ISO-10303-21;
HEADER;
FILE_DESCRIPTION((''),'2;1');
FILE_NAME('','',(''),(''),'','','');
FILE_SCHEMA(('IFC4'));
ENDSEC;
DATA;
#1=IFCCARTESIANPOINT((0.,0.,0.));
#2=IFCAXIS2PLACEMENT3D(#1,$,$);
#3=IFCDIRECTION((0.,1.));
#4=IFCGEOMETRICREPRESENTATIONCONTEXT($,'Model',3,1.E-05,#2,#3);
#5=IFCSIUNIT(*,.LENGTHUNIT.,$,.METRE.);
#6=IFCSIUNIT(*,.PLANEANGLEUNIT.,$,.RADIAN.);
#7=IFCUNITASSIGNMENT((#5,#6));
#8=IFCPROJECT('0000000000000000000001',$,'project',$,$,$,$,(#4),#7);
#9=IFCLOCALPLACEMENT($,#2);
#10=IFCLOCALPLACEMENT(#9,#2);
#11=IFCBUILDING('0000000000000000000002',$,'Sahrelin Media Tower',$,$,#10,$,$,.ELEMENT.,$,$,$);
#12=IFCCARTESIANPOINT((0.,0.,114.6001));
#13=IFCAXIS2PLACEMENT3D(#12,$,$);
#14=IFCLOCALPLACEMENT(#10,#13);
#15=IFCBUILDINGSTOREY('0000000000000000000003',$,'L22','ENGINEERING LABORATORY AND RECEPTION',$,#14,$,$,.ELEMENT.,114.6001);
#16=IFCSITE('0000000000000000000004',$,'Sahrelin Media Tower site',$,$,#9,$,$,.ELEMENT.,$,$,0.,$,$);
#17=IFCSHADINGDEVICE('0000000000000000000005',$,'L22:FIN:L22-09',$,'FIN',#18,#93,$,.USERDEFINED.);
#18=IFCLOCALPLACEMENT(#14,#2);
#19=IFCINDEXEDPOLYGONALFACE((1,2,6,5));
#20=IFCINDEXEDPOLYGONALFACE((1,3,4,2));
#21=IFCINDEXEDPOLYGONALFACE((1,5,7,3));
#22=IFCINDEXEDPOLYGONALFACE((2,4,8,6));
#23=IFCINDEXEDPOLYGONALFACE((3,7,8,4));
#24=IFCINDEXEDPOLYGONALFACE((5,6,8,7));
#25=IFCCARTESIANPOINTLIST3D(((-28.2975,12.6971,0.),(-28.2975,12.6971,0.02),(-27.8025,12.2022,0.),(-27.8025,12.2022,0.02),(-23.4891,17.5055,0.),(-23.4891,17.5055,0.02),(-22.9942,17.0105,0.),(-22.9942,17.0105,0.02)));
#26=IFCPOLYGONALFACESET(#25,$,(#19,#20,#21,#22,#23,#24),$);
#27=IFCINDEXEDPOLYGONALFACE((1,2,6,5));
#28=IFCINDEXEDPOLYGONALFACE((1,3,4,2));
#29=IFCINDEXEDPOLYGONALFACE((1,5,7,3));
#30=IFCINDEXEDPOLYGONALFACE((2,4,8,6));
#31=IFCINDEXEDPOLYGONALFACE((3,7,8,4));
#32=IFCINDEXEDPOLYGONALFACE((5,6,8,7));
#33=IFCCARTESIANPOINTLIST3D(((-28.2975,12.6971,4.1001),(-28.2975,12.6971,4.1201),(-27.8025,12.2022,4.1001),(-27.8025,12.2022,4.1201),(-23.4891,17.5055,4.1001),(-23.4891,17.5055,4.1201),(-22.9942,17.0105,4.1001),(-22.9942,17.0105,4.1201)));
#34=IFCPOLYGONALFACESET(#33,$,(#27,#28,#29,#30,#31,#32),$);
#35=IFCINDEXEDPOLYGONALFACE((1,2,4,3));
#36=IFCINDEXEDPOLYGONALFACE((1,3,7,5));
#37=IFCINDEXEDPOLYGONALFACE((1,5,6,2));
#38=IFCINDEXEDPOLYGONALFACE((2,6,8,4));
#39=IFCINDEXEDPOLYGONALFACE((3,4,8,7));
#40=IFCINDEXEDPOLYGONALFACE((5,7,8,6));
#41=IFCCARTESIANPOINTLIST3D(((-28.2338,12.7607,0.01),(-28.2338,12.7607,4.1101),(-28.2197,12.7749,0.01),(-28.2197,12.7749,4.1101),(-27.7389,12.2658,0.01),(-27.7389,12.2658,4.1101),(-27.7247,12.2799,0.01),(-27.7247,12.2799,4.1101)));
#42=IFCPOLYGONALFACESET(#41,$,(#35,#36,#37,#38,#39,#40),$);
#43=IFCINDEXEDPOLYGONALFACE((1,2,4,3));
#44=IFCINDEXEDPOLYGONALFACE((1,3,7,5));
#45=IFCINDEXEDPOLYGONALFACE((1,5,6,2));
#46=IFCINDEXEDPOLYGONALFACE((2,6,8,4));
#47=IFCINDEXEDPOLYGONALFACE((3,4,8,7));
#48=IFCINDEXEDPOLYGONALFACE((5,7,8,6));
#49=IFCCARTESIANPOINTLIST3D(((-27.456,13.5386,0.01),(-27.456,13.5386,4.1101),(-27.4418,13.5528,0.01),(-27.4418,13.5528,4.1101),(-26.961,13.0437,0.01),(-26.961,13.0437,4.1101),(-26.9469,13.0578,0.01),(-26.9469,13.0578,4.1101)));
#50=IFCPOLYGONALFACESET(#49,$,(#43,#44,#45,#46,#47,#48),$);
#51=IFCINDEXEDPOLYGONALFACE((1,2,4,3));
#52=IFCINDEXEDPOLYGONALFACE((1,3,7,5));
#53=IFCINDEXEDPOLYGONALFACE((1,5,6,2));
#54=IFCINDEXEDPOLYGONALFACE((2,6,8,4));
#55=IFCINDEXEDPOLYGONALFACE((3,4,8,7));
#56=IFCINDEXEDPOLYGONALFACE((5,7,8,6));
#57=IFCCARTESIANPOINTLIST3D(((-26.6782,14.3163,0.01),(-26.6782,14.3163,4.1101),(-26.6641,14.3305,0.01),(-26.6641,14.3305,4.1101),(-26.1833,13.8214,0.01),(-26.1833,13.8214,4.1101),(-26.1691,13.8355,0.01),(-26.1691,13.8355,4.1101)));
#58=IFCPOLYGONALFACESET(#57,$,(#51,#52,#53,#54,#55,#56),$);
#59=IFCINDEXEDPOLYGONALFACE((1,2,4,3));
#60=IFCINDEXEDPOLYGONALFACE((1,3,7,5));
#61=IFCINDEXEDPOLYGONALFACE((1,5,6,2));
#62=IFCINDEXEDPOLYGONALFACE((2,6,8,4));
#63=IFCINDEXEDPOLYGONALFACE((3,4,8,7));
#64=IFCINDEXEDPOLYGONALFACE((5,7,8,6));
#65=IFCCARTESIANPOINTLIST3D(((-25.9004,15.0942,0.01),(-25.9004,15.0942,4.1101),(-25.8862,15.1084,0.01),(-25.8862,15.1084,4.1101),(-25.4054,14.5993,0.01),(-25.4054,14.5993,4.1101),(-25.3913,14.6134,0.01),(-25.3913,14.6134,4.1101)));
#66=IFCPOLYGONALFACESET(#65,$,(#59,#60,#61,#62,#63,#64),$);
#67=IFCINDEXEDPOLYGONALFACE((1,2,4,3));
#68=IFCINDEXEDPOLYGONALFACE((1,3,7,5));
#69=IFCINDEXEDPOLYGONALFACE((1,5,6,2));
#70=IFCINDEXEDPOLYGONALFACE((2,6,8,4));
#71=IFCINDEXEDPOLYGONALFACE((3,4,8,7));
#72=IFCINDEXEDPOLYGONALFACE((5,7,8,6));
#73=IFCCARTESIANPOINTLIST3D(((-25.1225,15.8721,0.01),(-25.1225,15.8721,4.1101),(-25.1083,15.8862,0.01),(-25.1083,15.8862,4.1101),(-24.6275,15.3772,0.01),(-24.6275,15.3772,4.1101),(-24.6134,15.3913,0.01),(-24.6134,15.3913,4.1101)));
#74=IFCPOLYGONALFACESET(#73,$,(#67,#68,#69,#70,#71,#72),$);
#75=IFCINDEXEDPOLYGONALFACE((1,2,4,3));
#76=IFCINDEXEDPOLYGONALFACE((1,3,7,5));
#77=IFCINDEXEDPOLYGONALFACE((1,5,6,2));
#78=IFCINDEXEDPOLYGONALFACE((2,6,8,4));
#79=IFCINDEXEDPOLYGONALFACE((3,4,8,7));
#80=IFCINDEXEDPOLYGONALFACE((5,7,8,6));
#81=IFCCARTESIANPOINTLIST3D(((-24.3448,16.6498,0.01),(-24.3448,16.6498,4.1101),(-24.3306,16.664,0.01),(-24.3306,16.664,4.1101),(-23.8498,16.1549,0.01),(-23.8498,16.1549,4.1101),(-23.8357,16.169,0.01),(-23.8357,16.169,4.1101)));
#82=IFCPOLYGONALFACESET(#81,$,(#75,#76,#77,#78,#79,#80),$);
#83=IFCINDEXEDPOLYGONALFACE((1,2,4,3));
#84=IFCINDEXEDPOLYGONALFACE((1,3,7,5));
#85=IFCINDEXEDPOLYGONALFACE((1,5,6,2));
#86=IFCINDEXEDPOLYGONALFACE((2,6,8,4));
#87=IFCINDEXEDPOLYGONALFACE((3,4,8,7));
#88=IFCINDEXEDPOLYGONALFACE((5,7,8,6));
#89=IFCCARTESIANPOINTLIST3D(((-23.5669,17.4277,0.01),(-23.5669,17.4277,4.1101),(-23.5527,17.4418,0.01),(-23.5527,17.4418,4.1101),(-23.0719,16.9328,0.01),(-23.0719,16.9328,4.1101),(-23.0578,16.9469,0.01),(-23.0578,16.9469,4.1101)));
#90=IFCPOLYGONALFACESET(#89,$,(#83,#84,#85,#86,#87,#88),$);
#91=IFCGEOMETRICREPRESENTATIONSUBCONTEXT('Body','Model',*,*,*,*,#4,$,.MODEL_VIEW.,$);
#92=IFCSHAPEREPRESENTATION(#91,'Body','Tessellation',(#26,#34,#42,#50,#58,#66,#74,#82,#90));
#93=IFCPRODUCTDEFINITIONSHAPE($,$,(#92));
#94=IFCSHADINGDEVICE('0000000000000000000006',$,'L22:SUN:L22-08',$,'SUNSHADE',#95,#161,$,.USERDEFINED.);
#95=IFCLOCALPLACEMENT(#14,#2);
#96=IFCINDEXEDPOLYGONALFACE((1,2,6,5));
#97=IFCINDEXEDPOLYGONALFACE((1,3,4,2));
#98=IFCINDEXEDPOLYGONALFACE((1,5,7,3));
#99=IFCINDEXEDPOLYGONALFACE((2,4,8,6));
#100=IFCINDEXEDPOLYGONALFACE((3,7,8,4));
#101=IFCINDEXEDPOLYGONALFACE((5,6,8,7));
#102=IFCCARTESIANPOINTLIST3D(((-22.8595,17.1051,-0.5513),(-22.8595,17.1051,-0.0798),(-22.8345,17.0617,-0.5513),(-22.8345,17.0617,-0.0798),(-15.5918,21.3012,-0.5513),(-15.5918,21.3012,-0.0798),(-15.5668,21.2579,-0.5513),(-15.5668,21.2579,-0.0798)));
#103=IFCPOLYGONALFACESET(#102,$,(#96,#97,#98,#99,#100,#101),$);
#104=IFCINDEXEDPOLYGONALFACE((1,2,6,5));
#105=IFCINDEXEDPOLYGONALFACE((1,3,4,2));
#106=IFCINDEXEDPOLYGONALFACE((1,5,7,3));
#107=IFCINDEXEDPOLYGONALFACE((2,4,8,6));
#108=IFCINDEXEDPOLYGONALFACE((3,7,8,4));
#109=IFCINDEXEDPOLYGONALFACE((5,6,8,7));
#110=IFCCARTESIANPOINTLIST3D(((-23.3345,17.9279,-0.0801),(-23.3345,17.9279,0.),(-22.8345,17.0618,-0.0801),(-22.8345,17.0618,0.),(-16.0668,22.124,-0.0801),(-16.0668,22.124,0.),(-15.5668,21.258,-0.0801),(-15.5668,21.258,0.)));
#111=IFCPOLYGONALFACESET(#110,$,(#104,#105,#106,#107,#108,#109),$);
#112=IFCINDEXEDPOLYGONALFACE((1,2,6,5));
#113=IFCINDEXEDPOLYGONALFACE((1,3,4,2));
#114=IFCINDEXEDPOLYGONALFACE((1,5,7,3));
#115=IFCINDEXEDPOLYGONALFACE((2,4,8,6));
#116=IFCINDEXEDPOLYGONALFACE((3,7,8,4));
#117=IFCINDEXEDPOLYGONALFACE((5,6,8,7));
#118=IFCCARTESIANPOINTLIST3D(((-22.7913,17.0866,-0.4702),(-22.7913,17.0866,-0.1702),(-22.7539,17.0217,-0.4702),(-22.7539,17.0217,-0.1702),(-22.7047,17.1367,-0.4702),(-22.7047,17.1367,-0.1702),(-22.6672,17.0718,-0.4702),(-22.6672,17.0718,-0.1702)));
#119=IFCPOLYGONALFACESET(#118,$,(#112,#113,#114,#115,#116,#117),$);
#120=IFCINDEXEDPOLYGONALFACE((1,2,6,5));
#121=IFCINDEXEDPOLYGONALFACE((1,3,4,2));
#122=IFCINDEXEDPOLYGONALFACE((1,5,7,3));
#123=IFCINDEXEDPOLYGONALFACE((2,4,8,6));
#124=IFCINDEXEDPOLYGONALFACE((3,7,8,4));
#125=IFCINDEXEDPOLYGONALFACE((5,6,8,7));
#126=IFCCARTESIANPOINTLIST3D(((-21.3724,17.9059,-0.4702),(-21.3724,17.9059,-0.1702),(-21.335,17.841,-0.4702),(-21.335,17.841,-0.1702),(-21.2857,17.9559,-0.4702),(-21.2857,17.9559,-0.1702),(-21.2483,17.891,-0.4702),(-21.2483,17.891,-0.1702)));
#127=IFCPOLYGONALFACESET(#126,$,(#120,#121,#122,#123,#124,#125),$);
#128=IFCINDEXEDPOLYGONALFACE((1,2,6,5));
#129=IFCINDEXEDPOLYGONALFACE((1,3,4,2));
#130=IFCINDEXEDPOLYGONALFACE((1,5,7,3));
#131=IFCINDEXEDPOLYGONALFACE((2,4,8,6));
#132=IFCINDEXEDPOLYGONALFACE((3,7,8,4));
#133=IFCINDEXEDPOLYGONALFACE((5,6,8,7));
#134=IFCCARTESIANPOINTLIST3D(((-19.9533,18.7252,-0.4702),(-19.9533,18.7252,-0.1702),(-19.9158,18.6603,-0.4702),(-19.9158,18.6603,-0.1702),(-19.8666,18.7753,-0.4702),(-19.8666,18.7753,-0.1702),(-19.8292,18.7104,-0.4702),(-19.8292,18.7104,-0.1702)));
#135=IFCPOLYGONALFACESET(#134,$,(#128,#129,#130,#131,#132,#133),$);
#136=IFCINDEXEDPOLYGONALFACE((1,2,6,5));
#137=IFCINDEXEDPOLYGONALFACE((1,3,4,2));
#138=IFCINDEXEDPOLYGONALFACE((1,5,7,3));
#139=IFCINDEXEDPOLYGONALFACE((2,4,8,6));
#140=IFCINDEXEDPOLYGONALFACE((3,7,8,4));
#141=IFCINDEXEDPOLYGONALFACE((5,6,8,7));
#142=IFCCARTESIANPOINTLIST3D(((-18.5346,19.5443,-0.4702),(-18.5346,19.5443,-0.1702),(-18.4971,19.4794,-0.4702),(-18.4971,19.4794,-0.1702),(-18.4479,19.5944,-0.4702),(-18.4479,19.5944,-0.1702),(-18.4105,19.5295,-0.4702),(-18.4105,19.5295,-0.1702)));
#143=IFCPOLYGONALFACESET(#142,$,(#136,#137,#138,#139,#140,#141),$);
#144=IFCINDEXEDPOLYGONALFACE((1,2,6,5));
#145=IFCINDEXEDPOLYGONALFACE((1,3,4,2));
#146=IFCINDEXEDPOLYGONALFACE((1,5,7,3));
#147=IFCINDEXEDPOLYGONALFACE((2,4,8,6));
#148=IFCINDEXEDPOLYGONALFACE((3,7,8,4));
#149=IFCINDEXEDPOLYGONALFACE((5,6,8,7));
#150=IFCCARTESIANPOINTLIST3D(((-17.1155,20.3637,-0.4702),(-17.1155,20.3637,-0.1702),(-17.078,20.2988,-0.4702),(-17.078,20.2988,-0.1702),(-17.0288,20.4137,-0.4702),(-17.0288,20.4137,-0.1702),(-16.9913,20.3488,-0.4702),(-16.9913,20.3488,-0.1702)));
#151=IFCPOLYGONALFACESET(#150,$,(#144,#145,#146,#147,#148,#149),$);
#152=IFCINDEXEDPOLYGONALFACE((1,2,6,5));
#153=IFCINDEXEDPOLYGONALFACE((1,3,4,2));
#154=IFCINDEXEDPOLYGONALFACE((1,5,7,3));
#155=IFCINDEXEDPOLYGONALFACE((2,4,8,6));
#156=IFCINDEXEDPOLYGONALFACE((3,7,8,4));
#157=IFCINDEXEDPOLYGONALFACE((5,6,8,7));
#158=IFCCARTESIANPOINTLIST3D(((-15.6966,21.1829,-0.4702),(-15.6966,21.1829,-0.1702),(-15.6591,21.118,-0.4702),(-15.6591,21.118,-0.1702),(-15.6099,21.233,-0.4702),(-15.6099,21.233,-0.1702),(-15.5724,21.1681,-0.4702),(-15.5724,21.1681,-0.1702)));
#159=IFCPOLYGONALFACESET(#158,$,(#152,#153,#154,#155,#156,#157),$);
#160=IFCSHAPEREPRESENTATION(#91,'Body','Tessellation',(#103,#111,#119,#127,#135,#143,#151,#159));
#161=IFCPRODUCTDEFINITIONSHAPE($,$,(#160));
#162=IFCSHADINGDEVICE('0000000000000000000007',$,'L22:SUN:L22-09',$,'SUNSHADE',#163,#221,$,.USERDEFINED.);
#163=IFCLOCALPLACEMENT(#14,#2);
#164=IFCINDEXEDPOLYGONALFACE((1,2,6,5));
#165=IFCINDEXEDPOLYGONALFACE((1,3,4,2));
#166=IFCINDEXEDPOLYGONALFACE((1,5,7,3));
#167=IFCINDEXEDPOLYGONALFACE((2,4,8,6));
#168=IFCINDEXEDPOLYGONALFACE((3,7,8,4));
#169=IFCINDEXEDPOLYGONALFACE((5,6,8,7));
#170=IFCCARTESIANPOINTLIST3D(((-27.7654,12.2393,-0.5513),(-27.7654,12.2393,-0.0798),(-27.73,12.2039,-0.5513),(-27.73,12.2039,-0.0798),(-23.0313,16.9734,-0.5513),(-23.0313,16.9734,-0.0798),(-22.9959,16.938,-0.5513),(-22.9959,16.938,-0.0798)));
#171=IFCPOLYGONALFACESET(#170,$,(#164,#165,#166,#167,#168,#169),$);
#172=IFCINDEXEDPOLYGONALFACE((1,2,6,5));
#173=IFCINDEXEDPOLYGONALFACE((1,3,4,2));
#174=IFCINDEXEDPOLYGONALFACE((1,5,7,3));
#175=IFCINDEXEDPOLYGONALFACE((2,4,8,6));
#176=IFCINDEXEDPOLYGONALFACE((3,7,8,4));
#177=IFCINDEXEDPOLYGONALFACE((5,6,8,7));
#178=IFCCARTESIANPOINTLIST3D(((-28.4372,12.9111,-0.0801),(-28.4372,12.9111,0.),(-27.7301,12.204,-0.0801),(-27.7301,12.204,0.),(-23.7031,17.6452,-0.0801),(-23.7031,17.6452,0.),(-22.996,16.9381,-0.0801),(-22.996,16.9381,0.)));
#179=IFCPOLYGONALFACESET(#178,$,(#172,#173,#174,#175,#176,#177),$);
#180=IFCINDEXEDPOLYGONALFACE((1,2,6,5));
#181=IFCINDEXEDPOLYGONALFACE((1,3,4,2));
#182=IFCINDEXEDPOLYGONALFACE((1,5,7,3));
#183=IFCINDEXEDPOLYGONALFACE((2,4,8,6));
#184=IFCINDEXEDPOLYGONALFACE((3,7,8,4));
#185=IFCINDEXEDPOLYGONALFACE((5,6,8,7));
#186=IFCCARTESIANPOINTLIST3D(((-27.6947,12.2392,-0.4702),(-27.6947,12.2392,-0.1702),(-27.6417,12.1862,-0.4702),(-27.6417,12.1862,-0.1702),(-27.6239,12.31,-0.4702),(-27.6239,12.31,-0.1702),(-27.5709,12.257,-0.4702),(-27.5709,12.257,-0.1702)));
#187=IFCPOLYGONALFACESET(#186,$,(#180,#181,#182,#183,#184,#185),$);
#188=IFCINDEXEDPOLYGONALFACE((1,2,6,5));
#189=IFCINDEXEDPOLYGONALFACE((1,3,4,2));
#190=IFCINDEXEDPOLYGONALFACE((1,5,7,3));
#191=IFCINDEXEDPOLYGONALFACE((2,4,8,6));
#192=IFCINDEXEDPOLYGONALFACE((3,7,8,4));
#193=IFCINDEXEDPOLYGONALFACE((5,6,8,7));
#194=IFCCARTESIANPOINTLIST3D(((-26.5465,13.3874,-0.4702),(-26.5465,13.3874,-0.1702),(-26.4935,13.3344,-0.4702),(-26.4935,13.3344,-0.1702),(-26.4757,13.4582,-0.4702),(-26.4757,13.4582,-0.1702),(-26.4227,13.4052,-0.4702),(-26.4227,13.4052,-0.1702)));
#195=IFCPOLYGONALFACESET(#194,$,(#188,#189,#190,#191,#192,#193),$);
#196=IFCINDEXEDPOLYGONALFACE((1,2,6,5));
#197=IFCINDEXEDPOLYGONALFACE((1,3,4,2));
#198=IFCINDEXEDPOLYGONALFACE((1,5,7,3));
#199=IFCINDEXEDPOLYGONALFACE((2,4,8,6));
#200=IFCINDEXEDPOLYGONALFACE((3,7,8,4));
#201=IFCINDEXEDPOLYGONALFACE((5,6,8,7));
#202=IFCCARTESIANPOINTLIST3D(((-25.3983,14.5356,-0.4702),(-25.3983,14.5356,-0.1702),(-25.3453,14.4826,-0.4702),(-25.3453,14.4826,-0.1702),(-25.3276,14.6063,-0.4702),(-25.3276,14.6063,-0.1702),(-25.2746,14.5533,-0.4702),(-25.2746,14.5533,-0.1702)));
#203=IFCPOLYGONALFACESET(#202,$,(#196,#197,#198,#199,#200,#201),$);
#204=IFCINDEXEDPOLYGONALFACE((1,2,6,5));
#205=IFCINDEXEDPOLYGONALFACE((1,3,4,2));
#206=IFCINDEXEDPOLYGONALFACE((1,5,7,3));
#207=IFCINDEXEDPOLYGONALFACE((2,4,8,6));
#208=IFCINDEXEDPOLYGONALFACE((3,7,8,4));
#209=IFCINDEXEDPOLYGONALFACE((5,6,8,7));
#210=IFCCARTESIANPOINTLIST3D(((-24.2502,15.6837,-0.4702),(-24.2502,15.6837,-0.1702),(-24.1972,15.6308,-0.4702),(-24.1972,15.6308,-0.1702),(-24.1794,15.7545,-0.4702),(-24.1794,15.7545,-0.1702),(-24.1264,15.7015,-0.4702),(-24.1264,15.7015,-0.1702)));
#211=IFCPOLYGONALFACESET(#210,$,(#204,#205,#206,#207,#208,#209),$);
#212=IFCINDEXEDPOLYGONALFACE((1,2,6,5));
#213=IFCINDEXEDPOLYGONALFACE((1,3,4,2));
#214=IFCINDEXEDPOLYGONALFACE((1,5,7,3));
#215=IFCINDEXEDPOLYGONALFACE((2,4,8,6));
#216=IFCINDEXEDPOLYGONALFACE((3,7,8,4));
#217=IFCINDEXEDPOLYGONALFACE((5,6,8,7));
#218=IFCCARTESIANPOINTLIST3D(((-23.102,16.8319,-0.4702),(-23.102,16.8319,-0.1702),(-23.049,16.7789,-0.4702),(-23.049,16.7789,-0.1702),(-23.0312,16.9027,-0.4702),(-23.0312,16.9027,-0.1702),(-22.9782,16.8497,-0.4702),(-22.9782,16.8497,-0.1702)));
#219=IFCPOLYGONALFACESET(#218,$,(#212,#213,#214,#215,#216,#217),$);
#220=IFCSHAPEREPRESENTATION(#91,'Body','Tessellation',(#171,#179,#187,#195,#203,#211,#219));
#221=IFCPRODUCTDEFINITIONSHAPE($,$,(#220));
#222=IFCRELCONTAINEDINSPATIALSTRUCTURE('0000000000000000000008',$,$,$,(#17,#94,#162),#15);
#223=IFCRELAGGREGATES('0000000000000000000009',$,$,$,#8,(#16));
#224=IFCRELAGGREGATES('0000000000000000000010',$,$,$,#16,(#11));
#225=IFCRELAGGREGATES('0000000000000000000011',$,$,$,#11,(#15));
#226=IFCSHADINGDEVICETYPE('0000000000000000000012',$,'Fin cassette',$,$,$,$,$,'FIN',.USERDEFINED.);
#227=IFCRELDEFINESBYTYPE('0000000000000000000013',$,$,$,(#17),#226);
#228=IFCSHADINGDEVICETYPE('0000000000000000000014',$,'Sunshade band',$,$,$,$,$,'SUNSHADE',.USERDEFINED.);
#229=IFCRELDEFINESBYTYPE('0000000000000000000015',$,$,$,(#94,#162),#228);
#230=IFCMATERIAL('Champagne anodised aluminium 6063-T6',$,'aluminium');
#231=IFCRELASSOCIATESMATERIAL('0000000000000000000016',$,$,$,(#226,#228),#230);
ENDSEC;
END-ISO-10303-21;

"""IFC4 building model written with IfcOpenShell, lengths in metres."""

from ifc_helpers import new_model, si_unit, direction, frame, origin, origin_2d, place, context, subcontext, project, spatial, rectangle, extrude, material, type_object, element, save


model = new_model("IFC4")

# Units and contexts
model_context = context("Model", 3, precision=1e-05, world=origin(), true_north=direction((0.0, 1.0)))
body_context = subcontext(model_context, "Body", "Model", "MODEL_VIEW")
ifc_project = project(units=[si_unit("LENGTHUNIT", "METRE"), si_unit("PLANEANGLEUNIT", "RADIAN")], contexts=[model_context])

# Site, building, storey
site_placement = place(None, origin())
site = spatial("IfcSite", under=ifc_project, at=site_placement, Name="Sahrelin Media Tower site", CompositionType="ELEMENT", RefElevation=0.0)
building_placement = place(site_placement, origin())
building = spatial("IfcBuilding", under=site, at=building_placement, Name="Sahrelin Media Tower", CompositionType="ELEMENT")
storey_placement = place(building_placement, frame((0.0, 0.0, 114.6001)))
storey = spatial("IfcBuildingStorey", under=building, at=storey_placement, Name="L22", Description="ENGINEERING LABORATORY AND RECEPTION", CompositionType="ELEMENT", Elevation=114.6001)

# Shared definitions
ifc_material_1 = material(Name="Champagne anodised aluminium 6063-T6", Category="aluminium")

# Shading devices
shading_device_type_1 = type_object("IfcShadingDeviceType", Name="Fin cassette", ElementType="FIN", PredefinedType="USERDEFINED", material=ifc_material_1)
placement_1 = place(storey_placement, frame((-19.1907, 19.1426, 0.0), z_axis=(0.0, 0.0, 1.0), x_axis=(0.866019, 0.500011, 0.0)))
placement_2 = place(storey_placement, frame((-25.3489, 14.5569, 0.0), z_axis=(0.0, 0.0, 1.0), x_axis=(0.707107, 0.707107, 0.0)))
element("IfcShadingDevice", 1, at=placement_2, inside=storey, type_object=shading_device_type_1, Name="L22:FIN:L22-09", ObjectType="FIN", PredefinedType="USERDEFINED", context=body_context, shape_type="SweptSolid", body=[
    extrude(rectangle(XDim=6.8, YDim=0.7, at=origin_2d()), frame((0.0, 0.4199, 0.0)), (0.0, 0.0, 1.0), 0.02),
    extrude(rectangle(XDim=6.8, YDim=0.7, at=origin_2d()), frame((0.0, 0.4199, 4.1001)), (0.0, 0.0, 1.0), 0.02),
    extrude(rectangle(XDim=0.02, YDim=0.7, at=origin_2d()), frame((-3.3, 0.4199, 0.01), z_axis=(0.0, 0.0, 1.0), x_axis=(1.0, 0.0, 0.0)), (0.0, 0.0, 1.0), 4.1001),
    extrude(rectangle(XDim=0.02, YDim=0.7, at=origin_2d()), frame((-2.2, 0.4199, 0.01), z_axis=(0.0, 0.0, 1.0), x_axis=(1.0, 0.0, 0.0)), (0.0, 0.0, 1.0), 4.1001),
    extrude(rectangle(XDim=0.02, YDim=0.7, at=origin_2d()), frame((-1.1001, 0.4199, 0.01), z_axis=(0.0, 0.0, 1.0), x_axis=(1.0, 0.0, 0.0)), (0.0, 0.0, 1.0), 4.1001),
    extrude(rectangle(XDim=0.02, YDim=0.7, at=origin_2d()), frame((0.0, 0.4199, 0.01), z_axis=(0.0, 0.0, 1.0), x_axis=(1.0, 0.0, 0.0)), (0.0, 0.0, 1.0), 4.1001),
    extrude(rectangle(XDim=0.02, YDim=0.7, at=origin_2d()), frame((1.1001, 0.4199, 0.01), z_axis=(0.0, 0.0, 1.0), x_axis=(1.0, 0.0, 0.0)), (0.0, 0.0, 1.0), 4.1001),
    extrude(rectangle(XDim=0.02, YDim=0.7, at=origin_2d()), frame((2.2, 0.4199, 0.01), z_axis=(0.0, 0.0, 1.0), x_axis=(1.0, 0.0, 0.0)), (0.0, 0.0, 1.0), 4.1001),
    extrude(rectangle(XDim=0.02, YDim=0.7, at=origin_2d()), frame((3.3, 0.4199, 0.01), z_axis=(0.0, 0.0, 1.0), x_axis=(1.0, 0.0, 0.0)), (0.0, 0.0, 1.0), 4.1001),
])
shading_device_type_2 = type_object("IfcShadingDeviceType", Name="Sunshade band", ElementType="SUNSHADE", PredefinedType="USERDEFINED", material=ifc_material_1)
element("IfcShadingDevice", 2, at=placement_1, inside=storey, type_object=shading_device_type_2, Name="L22:SUN:L22-08", ObjectType="SUNSHADE", PredefinedType="USERDEFINED", context=body_context, shape_type="SweptSolid", body=[
    extrude(rectangle(XDim=8.3921, YDim=0.05, at=origin_2d()), frame((0.0, 0.0449, -0.5513)), (0.0, 0.0, 1.0), 0.4714),
    extrude(rectangle(XDim=8.3921, YDim=1.0, at=origin_2d()), frame((0.0, 0.52, -0.0801)), (0.0, 0.0, 1.0), 0.0801),
    extrude(rectangle(XDim=0.1001, YDim=0.075, at=origin_2d()), frame((-4.0962, -0.0176, -0.4702)), (0.0, 0.0, 1.0), 0.3),
    extrude(rectangle(XDim=0.1001, YDim=0.075, at=origin_2d()), frame((-2.4578, -0.0176, -0.4702)), (0.0, 0.0, 1.0), 0.3),
    extrude(rectangle(XDim=0.1001, YDim=0.075, at=origin_2d()), frame((-0.8191, -0.0176, -0.4702)), (0.0, 0.0, 1.0), 0.3),
    extrude(rectangle(XDim=0.1001, YDim=0.075, at=origin_2d()), frame((0.8191, -0.0176, -0.4702)), (0.0, 0.0, 1.0), 0.3),
    extrude(rectangle(XDim=0.1001, YDim=0.075, at=origin_2d()), frame((2.4578, -0.0176, -0.4702)), (0.0, 0.0, 1.0), 0.3),
    extrude(rectangle(XDim=0.1001, YDim=0.075, at=origin_2d()), frame((4.0962, -0.0176, -0.4702)), (0.0, 0.0, 1.0), 0.3),
])
element("IfcShadingDevice", 3, at=placement_2, inside=storey, type_object=shading_device_type_2, Name="L22:SUN:L22-09", ObjectType="SUNSHADE", PredefinedType="USERDEFINED", context=body_context, shape_type="SweptSolid", body=[
    extrude(rectangle(XDim=6.6951, YDim=0.05, at=origin_2d()), frame((0.0, 0.0449, -0.5513)), (0.0, 0.0, 1.0), 0.4714),
    extrude(rectangle(XDim=6.6951, YDim=1.0, at=origin_2d()), frame((0.0, 0.52, -0.0801)), (0.0, 0.0, 1.0), 0.0801),
    extrude(rectangle(XDim=0.1001, YDim=0.075, at=origin_2d()), frame((-3.2476, -0.0176, -0.4702)), (0.0, 0.0, 1.0), 0.3),
    extrude(rectangle(XDim=0.1001, YDim=0.075, at=origin_2d()), frame((-1.6238, -0.0176, -0.4702)), (0.0, 0.0, 1.0), 0.3),
    extrude(rectangle(XDim=0.1001, YDim=0.075, at=origin_2d()), frame((0.0, -0.0176, -0.4702)), (0.0, 0.0, 1.0), 0.3),
    extrude(rectangle(XDim=0.1001, YDim=0.075, at=origin_2d()), frame((1.6238, -0.0176, -0.4702)), (0.0, 0.0, 1.0), 0.3),
    extrude(rectangle(XDim=0.1001, YDim=0.075, at=origin_2d()), frame((3.2476, -0.0176, -0.4702)), (0.0, 0.0, 1.0), 0.3),
])

save(model, "model.ifc")
